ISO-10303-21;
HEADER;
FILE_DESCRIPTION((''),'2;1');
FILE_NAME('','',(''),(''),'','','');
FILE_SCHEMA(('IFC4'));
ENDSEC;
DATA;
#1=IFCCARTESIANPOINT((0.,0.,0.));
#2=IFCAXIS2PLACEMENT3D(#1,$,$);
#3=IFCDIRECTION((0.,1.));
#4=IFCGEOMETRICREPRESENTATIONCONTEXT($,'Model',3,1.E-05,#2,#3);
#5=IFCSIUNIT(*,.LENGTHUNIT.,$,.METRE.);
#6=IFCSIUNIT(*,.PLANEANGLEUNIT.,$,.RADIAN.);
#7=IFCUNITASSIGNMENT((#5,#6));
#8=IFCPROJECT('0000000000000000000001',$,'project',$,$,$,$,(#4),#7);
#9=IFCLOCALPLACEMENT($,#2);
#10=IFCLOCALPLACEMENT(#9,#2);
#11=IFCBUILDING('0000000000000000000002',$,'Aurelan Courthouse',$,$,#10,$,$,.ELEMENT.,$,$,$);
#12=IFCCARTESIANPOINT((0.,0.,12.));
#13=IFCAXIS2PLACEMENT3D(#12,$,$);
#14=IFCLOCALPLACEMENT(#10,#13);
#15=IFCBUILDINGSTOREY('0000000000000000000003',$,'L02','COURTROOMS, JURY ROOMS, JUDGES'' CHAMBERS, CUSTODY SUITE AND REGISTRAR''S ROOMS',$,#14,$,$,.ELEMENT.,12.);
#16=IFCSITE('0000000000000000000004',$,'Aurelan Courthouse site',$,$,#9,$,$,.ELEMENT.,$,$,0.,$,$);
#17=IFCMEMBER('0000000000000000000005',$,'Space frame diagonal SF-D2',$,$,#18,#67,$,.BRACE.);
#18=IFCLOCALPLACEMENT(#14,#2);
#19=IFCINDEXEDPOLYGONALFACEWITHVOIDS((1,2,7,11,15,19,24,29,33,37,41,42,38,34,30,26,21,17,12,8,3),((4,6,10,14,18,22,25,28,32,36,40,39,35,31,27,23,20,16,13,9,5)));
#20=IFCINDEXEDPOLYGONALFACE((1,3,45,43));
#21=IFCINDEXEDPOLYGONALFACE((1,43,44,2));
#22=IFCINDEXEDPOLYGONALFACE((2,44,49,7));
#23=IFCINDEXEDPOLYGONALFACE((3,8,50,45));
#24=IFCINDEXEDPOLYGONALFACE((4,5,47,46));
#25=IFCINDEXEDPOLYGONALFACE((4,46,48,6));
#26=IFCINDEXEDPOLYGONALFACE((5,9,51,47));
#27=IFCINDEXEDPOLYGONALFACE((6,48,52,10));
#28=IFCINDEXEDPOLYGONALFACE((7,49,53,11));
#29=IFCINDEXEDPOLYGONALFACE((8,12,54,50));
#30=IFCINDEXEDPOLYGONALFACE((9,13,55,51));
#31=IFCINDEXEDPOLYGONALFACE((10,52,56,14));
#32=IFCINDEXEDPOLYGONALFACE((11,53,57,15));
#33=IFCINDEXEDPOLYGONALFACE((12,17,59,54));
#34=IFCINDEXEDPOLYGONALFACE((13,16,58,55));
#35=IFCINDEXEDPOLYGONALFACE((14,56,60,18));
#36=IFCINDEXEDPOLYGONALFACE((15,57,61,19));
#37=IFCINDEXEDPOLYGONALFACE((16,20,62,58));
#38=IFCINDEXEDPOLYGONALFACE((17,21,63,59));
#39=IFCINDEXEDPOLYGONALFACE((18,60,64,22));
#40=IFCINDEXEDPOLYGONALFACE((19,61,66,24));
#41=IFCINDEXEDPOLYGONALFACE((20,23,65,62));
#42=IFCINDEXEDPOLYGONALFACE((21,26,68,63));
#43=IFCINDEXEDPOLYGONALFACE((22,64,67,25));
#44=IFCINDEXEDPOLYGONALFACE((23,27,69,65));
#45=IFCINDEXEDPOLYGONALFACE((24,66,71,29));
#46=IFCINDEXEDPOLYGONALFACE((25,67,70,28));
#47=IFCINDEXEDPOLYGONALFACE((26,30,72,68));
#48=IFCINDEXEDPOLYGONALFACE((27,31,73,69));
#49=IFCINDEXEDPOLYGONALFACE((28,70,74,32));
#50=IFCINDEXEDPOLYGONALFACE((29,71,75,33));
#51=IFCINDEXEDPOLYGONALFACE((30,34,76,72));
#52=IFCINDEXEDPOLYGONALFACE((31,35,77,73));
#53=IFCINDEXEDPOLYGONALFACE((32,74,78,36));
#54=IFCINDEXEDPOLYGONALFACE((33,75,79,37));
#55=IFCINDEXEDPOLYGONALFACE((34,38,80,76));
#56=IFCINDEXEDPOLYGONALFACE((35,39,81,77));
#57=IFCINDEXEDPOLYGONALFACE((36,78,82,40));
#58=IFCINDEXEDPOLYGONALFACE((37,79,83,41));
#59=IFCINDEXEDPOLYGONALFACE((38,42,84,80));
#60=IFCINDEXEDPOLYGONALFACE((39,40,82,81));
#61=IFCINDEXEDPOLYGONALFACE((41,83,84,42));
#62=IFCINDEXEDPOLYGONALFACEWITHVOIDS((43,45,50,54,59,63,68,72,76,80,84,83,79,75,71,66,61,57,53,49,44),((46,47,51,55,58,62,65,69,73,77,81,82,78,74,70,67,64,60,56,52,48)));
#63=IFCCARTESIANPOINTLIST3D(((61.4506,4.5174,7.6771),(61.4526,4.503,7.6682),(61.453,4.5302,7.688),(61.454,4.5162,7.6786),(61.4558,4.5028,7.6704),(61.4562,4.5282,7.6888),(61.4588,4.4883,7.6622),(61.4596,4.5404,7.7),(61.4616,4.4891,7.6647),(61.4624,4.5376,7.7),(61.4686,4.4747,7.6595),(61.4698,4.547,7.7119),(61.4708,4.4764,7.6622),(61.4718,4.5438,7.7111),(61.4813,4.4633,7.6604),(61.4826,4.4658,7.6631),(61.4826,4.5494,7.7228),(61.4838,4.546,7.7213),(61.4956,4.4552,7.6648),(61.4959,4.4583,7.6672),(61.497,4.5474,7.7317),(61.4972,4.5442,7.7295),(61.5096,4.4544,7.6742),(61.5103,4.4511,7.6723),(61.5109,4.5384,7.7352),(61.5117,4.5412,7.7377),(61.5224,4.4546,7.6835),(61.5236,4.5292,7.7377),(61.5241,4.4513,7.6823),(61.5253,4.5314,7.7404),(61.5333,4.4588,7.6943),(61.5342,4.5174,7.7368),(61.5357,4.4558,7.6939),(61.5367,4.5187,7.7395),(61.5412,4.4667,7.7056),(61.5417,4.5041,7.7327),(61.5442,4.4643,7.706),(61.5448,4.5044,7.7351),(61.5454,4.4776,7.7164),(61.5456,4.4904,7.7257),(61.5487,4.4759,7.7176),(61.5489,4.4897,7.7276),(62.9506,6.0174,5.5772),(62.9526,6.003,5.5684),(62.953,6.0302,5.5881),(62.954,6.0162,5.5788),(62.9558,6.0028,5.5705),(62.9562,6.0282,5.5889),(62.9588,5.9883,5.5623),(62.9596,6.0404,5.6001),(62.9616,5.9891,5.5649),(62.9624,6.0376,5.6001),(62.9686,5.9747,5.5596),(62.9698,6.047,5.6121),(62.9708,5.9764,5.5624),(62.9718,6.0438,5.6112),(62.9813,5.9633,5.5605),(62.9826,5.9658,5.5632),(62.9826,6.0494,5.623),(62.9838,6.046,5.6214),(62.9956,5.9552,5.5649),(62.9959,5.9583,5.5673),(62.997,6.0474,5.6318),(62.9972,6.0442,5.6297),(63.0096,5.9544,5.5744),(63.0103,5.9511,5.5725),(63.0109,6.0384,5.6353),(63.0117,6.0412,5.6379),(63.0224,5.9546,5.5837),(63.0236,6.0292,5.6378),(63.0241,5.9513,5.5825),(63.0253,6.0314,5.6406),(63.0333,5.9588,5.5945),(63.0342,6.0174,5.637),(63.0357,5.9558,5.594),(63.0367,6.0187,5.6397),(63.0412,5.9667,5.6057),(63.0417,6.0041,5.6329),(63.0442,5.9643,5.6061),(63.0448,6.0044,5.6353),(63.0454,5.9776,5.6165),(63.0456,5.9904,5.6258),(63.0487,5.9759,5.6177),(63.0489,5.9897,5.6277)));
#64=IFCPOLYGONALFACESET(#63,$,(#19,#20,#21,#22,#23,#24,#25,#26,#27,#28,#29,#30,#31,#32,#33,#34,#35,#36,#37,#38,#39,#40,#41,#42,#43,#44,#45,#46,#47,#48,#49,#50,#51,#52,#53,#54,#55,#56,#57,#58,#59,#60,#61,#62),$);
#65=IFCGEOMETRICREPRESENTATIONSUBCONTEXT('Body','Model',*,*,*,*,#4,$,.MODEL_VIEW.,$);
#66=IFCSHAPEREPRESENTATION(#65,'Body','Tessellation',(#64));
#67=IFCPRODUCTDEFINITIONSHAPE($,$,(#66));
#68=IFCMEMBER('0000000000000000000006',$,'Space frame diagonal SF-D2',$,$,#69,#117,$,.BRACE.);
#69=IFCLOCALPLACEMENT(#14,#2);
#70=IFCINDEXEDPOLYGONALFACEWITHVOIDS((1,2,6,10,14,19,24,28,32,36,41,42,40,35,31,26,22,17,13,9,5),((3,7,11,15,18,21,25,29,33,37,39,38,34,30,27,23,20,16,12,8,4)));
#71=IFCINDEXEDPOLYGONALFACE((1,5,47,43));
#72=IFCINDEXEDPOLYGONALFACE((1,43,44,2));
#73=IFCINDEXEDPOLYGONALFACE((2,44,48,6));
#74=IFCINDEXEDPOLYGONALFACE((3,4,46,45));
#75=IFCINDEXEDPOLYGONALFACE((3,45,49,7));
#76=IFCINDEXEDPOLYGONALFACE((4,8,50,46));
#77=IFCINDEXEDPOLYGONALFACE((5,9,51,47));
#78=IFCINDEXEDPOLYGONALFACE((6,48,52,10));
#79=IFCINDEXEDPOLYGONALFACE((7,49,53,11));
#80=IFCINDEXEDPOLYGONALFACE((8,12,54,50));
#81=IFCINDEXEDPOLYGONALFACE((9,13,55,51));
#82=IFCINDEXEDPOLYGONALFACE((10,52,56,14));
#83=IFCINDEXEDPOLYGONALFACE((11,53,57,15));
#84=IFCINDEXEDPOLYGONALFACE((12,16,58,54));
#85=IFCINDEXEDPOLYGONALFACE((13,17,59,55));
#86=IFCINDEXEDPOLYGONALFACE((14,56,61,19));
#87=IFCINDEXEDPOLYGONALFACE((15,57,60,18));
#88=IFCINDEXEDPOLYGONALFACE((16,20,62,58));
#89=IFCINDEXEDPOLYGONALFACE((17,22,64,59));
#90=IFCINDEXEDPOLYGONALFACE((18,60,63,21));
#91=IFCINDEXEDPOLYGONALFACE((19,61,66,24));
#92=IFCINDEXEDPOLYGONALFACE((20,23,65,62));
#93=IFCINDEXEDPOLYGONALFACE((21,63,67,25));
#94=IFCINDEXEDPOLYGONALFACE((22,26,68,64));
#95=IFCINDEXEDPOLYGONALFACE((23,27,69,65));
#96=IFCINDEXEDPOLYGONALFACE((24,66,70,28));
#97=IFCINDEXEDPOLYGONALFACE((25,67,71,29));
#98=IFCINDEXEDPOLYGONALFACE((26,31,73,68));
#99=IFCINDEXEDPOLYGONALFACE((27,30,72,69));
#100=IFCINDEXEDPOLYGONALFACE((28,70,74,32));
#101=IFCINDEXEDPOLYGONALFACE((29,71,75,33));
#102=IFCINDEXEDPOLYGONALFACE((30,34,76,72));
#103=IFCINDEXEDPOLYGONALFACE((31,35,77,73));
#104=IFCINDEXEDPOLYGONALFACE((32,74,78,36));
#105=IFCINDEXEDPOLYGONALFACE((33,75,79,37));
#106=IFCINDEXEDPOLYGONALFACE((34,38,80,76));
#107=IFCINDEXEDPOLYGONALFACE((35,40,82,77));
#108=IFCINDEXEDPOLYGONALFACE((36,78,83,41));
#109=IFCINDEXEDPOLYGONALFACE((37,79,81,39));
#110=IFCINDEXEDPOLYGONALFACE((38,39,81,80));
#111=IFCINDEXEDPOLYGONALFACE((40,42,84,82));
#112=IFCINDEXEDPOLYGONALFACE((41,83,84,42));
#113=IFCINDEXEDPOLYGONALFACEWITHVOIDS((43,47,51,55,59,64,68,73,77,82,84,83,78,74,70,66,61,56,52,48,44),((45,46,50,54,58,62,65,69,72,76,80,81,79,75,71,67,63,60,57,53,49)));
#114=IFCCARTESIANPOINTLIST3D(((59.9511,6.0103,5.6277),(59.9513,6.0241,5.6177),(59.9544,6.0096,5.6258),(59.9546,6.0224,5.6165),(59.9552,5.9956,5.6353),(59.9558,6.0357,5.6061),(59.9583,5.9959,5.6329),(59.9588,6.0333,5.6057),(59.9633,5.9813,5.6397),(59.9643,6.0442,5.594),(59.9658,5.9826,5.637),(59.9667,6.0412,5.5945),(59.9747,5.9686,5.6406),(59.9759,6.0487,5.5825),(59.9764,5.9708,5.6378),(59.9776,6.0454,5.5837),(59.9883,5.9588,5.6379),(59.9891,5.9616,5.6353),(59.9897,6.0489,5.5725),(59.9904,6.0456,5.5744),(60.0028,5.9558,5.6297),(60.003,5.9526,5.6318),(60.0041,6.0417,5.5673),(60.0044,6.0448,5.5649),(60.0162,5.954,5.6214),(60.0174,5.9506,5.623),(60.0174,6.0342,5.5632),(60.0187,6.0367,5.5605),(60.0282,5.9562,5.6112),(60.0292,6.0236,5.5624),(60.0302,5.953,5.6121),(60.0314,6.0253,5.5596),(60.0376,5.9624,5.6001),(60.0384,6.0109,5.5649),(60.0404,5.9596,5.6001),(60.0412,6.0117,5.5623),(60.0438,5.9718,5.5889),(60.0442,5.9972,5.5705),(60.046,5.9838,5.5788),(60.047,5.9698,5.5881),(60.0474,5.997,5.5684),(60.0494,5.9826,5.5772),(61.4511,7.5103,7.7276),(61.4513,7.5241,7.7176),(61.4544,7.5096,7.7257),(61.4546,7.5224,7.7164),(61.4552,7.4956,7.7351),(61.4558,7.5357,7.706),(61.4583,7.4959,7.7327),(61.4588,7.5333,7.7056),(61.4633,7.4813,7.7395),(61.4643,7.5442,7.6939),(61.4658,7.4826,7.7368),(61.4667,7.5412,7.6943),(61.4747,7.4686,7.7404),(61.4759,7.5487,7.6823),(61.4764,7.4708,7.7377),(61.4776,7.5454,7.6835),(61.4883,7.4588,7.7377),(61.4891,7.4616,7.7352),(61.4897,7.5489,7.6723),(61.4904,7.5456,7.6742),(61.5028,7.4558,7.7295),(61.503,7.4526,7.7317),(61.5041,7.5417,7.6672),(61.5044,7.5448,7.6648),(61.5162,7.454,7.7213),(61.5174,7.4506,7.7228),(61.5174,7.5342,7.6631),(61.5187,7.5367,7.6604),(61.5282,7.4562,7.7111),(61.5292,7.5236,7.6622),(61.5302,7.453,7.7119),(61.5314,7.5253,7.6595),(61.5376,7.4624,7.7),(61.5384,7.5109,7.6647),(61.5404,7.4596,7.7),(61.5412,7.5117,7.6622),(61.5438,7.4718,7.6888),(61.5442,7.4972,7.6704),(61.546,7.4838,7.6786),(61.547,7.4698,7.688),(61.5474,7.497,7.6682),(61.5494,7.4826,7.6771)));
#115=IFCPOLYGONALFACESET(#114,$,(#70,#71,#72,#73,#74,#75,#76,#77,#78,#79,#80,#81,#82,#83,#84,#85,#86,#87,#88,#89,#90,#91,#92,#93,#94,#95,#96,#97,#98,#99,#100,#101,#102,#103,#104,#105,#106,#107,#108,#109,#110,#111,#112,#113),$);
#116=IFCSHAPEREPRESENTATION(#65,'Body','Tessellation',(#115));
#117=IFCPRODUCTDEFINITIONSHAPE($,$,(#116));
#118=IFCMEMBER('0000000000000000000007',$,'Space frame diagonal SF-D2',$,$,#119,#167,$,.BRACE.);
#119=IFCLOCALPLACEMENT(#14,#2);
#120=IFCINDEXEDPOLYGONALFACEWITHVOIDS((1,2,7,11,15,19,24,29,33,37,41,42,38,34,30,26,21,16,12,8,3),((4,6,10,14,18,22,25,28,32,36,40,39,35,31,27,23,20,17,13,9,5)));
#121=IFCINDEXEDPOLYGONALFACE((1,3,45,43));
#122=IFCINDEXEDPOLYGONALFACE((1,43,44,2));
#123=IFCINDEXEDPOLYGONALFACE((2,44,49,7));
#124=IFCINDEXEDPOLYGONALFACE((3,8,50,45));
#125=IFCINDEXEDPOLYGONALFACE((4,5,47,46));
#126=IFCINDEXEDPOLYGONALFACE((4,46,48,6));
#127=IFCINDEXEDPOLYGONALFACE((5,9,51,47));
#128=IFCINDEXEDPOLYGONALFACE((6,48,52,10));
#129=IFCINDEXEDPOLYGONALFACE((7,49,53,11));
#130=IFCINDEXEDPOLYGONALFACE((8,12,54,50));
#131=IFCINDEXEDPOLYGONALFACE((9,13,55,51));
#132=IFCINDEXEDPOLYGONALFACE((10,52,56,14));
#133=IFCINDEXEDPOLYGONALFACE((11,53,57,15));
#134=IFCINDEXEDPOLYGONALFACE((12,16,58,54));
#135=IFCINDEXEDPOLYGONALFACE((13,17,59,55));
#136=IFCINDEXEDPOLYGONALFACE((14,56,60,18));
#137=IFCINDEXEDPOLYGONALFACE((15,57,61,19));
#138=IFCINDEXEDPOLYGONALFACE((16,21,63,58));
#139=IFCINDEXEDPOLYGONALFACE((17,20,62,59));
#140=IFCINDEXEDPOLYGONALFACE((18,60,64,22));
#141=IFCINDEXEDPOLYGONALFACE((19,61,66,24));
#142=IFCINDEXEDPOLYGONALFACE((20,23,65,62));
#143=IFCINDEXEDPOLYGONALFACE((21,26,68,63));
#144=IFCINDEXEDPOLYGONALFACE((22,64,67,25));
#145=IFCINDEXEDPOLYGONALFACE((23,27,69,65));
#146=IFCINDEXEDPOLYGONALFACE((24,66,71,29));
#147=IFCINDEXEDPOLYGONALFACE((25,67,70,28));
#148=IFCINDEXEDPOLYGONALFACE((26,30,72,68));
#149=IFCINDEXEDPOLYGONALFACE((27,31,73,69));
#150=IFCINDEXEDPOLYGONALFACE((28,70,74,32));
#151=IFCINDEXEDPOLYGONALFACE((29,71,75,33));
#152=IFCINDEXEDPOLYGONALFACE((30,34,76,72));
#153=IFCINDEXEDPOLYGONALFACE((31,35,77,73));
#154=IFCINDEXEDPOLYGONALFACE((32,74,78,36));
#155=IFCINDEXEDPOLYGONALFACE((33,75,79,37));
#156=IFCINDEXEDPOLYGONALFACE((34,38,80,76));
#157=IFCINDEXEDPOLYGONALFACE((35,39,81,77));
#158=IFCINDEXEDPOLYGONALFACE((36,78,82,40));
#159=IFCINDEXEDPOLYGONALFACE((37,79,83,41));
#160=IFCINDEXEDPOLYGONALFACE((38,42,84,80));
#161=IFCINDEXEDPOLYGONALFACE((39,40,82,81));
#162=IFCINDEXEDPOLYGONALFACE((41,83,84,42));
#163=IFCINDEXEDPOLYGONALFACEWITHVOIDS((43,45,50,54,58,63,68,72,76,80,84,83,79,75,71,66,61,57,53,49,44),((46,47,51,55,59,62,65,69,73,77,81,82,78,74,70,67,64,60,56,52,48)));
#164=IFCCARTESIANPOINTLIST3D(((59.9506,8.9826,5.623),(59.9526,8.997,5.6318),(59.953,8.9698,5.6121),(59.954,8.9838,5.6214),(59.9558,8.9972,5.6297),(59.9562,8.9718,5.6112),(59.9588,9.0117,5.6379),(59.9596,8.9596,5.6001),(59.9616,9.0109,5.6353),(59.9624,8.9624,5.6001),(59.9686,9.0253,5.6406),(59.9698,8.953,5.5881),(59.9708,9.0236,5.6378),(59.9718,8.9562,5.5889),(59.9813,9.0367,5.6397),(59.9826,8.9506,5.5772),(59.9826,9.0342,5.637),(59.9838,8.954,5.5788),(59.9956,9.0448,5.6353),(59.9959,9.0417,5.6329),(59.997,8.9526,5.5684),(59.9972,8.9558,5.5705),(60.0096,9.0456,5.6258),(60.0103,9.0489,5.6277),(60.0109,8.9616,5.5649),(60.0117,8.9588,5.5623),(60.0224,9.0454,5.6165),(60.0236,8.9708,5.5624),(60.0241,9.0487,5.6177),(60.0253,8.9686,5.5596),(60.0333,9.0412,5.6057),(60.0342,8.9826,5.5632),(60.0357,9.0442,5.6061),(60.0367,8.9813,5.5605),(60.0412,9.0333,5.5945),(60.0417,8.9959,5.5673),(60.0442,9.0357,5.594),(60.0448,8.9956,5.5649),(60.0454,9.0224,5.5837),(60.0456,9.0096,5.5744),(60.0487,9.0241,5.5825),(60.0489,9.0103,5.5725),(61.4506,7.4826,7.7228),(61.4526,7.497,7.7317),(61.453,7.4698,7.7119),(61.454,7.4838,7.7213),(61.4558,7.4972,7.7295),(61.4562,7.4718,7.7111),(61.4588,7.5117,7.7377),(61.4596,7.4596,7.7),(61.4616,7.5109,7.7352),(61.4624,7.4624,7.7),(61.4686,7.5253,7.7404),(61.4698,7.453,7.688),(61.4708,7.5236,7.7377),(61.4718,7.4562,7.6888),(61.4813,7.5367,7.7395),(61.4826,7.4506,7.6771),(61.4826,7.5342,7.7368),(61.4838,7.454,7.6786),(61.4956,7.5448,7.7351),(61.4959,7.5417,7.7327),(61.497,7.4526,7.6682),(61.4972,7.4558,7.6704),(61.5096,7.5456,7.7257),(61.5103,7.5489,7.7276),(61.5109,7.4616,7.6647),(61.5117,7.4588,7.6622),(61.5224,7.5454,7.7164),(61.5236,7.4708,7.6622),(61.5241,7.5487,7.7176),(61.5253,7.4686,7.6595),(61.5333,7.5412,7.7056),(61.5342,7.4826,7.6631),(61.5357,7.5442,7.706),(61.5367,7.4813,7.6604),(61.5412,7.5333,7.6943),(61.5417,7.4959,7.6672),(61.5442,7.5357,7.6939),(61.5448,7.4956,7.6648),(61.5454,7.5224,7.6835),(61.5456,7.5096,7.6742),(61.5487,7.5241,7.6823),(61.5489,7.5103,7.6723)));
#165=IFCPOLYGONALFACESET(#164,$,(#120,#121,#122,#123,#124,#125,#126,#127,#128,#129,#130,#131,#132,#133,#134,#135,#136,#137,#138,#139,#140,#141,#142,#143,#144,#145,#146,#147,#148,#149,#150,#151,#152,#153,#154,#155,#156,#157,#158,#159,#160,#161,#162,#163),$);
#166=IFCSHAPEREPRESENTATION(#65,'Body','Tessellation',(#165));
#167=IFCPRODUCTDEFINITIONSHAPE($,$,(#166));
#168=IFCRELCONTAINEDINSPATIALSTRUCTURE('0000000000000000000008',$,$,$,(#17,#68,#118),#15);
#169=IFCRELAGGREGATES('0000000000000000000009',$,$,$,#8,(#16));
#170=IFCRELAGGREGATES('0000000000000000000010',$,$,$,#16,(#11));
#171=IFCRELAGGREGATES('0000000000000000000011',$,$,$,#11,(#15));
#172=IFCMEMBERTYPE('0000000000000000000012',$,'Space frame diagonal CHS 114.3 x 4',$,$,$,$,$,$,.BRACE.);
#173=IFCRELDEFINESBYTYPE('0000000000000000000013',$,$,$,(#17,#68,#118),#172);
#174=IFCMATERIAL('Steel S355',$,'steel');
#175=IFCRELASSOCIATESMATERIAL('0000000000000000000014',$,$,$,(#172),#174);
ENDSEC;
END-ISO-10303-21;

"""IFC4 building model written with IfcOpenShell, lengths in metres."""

from ifc_helpers import new_model, si_unit, direction, frame, origin, origin_2d, place, context, subcontext, project, spatial, hollow_circle, extrude, material, material_profile, profile_set, type_object, element, save


model = new_model("IFC4")

# Units and contexts
model_context = context("Model", 3, precision=1e-05, world=origin(), true_north=direction((0.0, 1.0)))
body_context = subcontext(model_context, "Body", "Model", "MODEL_VIEW")
ifc_project = project(units=[si_unit("LENGTHUNIT", "METRE"), si_unit("PLANEANGLEUNIT", "RADIAN")], contexts=[model_context])

# Site, building, storey
site_placement = place(None, origin())
site = spatial("IfcSite", under=ifc_project, at=site_placement, Name="Aurelan Courthouse site", CompositionType="ELEMENT", RefElevation=0.0)
building_placement = place(site_placement, origin())
building = spatial("IfcBuilding", under=site, at=building_placement, Name="Aurelan Courthouse", CompositionType="ELEMENT")
storey_placement = place(building_placement, frame((0.0, 0.0, 12.0)))
storey = spatial("IfcBuildingStorey", under=building, at=storey_placement, Name="L02", Description="COURTROOMS, JURY ROOMS, JUDGES' CHAMBERS, CUSTODY SUITE AND REGISTRAR'S ROOMS", CompositionType="ELEMENT", Elevation=12.0)

# Members
ifc_material_1 = material(Name="Steel S355", Category="steel")
ifc_material_profile_1 = material_profile(ifc_material_1, hollow_circle(Radius=0.0571, WallThickness=0.0039, at=origin_2d()), Name="CHS 114.3 x 4")
ifc_profile_set_1 = profile_set([ifc_material_profile_1], Name="Steel S355")
member_type_1 = type_object("IfcMemberType", Name="Space frame diagonal CHS 114.3 x 4", PredefinedType="BRACE", material=ifc_profile_set_1)
for number, where, z_axis, x_axis, name in (
    (1, (61.5, 4.5, 7.7), (0.502536, 0.502536, -0.703502), (-0.707107, 0.707107, 0.0), "Space frame diagonal SF-D2"),
    (2, (61.5, 7.5, 7.7), (-0.502536, -0.502536, -0.703502), (0.707107, -0.707107, 0.0), "Space frame diagonal SF-D2"),
    (3, (61.5, 7.5, 7.7), (-0.502536, 0.502536, -0.703502), (-0.707107, -0.707107, 0.0), "Space frame diagonal SF-D2"),
):
    element("IfcMember", number, at=place(storey_placement, frame(where, z_axis=z_axis, x_axis=x_axis)), inside=storey, type_object=member_type_1, Name=name, PredefinedType="BRACE", context=body_context, shape_type="SweptSolid", body=[
        extrude(hollow_circle(Radius=0.0571, WallThickness=0.0039, at=origin_2d()), origin(), (0.0, 0.0, 1.0), 2.9849),
    ])

save(model, "model.ifc")
